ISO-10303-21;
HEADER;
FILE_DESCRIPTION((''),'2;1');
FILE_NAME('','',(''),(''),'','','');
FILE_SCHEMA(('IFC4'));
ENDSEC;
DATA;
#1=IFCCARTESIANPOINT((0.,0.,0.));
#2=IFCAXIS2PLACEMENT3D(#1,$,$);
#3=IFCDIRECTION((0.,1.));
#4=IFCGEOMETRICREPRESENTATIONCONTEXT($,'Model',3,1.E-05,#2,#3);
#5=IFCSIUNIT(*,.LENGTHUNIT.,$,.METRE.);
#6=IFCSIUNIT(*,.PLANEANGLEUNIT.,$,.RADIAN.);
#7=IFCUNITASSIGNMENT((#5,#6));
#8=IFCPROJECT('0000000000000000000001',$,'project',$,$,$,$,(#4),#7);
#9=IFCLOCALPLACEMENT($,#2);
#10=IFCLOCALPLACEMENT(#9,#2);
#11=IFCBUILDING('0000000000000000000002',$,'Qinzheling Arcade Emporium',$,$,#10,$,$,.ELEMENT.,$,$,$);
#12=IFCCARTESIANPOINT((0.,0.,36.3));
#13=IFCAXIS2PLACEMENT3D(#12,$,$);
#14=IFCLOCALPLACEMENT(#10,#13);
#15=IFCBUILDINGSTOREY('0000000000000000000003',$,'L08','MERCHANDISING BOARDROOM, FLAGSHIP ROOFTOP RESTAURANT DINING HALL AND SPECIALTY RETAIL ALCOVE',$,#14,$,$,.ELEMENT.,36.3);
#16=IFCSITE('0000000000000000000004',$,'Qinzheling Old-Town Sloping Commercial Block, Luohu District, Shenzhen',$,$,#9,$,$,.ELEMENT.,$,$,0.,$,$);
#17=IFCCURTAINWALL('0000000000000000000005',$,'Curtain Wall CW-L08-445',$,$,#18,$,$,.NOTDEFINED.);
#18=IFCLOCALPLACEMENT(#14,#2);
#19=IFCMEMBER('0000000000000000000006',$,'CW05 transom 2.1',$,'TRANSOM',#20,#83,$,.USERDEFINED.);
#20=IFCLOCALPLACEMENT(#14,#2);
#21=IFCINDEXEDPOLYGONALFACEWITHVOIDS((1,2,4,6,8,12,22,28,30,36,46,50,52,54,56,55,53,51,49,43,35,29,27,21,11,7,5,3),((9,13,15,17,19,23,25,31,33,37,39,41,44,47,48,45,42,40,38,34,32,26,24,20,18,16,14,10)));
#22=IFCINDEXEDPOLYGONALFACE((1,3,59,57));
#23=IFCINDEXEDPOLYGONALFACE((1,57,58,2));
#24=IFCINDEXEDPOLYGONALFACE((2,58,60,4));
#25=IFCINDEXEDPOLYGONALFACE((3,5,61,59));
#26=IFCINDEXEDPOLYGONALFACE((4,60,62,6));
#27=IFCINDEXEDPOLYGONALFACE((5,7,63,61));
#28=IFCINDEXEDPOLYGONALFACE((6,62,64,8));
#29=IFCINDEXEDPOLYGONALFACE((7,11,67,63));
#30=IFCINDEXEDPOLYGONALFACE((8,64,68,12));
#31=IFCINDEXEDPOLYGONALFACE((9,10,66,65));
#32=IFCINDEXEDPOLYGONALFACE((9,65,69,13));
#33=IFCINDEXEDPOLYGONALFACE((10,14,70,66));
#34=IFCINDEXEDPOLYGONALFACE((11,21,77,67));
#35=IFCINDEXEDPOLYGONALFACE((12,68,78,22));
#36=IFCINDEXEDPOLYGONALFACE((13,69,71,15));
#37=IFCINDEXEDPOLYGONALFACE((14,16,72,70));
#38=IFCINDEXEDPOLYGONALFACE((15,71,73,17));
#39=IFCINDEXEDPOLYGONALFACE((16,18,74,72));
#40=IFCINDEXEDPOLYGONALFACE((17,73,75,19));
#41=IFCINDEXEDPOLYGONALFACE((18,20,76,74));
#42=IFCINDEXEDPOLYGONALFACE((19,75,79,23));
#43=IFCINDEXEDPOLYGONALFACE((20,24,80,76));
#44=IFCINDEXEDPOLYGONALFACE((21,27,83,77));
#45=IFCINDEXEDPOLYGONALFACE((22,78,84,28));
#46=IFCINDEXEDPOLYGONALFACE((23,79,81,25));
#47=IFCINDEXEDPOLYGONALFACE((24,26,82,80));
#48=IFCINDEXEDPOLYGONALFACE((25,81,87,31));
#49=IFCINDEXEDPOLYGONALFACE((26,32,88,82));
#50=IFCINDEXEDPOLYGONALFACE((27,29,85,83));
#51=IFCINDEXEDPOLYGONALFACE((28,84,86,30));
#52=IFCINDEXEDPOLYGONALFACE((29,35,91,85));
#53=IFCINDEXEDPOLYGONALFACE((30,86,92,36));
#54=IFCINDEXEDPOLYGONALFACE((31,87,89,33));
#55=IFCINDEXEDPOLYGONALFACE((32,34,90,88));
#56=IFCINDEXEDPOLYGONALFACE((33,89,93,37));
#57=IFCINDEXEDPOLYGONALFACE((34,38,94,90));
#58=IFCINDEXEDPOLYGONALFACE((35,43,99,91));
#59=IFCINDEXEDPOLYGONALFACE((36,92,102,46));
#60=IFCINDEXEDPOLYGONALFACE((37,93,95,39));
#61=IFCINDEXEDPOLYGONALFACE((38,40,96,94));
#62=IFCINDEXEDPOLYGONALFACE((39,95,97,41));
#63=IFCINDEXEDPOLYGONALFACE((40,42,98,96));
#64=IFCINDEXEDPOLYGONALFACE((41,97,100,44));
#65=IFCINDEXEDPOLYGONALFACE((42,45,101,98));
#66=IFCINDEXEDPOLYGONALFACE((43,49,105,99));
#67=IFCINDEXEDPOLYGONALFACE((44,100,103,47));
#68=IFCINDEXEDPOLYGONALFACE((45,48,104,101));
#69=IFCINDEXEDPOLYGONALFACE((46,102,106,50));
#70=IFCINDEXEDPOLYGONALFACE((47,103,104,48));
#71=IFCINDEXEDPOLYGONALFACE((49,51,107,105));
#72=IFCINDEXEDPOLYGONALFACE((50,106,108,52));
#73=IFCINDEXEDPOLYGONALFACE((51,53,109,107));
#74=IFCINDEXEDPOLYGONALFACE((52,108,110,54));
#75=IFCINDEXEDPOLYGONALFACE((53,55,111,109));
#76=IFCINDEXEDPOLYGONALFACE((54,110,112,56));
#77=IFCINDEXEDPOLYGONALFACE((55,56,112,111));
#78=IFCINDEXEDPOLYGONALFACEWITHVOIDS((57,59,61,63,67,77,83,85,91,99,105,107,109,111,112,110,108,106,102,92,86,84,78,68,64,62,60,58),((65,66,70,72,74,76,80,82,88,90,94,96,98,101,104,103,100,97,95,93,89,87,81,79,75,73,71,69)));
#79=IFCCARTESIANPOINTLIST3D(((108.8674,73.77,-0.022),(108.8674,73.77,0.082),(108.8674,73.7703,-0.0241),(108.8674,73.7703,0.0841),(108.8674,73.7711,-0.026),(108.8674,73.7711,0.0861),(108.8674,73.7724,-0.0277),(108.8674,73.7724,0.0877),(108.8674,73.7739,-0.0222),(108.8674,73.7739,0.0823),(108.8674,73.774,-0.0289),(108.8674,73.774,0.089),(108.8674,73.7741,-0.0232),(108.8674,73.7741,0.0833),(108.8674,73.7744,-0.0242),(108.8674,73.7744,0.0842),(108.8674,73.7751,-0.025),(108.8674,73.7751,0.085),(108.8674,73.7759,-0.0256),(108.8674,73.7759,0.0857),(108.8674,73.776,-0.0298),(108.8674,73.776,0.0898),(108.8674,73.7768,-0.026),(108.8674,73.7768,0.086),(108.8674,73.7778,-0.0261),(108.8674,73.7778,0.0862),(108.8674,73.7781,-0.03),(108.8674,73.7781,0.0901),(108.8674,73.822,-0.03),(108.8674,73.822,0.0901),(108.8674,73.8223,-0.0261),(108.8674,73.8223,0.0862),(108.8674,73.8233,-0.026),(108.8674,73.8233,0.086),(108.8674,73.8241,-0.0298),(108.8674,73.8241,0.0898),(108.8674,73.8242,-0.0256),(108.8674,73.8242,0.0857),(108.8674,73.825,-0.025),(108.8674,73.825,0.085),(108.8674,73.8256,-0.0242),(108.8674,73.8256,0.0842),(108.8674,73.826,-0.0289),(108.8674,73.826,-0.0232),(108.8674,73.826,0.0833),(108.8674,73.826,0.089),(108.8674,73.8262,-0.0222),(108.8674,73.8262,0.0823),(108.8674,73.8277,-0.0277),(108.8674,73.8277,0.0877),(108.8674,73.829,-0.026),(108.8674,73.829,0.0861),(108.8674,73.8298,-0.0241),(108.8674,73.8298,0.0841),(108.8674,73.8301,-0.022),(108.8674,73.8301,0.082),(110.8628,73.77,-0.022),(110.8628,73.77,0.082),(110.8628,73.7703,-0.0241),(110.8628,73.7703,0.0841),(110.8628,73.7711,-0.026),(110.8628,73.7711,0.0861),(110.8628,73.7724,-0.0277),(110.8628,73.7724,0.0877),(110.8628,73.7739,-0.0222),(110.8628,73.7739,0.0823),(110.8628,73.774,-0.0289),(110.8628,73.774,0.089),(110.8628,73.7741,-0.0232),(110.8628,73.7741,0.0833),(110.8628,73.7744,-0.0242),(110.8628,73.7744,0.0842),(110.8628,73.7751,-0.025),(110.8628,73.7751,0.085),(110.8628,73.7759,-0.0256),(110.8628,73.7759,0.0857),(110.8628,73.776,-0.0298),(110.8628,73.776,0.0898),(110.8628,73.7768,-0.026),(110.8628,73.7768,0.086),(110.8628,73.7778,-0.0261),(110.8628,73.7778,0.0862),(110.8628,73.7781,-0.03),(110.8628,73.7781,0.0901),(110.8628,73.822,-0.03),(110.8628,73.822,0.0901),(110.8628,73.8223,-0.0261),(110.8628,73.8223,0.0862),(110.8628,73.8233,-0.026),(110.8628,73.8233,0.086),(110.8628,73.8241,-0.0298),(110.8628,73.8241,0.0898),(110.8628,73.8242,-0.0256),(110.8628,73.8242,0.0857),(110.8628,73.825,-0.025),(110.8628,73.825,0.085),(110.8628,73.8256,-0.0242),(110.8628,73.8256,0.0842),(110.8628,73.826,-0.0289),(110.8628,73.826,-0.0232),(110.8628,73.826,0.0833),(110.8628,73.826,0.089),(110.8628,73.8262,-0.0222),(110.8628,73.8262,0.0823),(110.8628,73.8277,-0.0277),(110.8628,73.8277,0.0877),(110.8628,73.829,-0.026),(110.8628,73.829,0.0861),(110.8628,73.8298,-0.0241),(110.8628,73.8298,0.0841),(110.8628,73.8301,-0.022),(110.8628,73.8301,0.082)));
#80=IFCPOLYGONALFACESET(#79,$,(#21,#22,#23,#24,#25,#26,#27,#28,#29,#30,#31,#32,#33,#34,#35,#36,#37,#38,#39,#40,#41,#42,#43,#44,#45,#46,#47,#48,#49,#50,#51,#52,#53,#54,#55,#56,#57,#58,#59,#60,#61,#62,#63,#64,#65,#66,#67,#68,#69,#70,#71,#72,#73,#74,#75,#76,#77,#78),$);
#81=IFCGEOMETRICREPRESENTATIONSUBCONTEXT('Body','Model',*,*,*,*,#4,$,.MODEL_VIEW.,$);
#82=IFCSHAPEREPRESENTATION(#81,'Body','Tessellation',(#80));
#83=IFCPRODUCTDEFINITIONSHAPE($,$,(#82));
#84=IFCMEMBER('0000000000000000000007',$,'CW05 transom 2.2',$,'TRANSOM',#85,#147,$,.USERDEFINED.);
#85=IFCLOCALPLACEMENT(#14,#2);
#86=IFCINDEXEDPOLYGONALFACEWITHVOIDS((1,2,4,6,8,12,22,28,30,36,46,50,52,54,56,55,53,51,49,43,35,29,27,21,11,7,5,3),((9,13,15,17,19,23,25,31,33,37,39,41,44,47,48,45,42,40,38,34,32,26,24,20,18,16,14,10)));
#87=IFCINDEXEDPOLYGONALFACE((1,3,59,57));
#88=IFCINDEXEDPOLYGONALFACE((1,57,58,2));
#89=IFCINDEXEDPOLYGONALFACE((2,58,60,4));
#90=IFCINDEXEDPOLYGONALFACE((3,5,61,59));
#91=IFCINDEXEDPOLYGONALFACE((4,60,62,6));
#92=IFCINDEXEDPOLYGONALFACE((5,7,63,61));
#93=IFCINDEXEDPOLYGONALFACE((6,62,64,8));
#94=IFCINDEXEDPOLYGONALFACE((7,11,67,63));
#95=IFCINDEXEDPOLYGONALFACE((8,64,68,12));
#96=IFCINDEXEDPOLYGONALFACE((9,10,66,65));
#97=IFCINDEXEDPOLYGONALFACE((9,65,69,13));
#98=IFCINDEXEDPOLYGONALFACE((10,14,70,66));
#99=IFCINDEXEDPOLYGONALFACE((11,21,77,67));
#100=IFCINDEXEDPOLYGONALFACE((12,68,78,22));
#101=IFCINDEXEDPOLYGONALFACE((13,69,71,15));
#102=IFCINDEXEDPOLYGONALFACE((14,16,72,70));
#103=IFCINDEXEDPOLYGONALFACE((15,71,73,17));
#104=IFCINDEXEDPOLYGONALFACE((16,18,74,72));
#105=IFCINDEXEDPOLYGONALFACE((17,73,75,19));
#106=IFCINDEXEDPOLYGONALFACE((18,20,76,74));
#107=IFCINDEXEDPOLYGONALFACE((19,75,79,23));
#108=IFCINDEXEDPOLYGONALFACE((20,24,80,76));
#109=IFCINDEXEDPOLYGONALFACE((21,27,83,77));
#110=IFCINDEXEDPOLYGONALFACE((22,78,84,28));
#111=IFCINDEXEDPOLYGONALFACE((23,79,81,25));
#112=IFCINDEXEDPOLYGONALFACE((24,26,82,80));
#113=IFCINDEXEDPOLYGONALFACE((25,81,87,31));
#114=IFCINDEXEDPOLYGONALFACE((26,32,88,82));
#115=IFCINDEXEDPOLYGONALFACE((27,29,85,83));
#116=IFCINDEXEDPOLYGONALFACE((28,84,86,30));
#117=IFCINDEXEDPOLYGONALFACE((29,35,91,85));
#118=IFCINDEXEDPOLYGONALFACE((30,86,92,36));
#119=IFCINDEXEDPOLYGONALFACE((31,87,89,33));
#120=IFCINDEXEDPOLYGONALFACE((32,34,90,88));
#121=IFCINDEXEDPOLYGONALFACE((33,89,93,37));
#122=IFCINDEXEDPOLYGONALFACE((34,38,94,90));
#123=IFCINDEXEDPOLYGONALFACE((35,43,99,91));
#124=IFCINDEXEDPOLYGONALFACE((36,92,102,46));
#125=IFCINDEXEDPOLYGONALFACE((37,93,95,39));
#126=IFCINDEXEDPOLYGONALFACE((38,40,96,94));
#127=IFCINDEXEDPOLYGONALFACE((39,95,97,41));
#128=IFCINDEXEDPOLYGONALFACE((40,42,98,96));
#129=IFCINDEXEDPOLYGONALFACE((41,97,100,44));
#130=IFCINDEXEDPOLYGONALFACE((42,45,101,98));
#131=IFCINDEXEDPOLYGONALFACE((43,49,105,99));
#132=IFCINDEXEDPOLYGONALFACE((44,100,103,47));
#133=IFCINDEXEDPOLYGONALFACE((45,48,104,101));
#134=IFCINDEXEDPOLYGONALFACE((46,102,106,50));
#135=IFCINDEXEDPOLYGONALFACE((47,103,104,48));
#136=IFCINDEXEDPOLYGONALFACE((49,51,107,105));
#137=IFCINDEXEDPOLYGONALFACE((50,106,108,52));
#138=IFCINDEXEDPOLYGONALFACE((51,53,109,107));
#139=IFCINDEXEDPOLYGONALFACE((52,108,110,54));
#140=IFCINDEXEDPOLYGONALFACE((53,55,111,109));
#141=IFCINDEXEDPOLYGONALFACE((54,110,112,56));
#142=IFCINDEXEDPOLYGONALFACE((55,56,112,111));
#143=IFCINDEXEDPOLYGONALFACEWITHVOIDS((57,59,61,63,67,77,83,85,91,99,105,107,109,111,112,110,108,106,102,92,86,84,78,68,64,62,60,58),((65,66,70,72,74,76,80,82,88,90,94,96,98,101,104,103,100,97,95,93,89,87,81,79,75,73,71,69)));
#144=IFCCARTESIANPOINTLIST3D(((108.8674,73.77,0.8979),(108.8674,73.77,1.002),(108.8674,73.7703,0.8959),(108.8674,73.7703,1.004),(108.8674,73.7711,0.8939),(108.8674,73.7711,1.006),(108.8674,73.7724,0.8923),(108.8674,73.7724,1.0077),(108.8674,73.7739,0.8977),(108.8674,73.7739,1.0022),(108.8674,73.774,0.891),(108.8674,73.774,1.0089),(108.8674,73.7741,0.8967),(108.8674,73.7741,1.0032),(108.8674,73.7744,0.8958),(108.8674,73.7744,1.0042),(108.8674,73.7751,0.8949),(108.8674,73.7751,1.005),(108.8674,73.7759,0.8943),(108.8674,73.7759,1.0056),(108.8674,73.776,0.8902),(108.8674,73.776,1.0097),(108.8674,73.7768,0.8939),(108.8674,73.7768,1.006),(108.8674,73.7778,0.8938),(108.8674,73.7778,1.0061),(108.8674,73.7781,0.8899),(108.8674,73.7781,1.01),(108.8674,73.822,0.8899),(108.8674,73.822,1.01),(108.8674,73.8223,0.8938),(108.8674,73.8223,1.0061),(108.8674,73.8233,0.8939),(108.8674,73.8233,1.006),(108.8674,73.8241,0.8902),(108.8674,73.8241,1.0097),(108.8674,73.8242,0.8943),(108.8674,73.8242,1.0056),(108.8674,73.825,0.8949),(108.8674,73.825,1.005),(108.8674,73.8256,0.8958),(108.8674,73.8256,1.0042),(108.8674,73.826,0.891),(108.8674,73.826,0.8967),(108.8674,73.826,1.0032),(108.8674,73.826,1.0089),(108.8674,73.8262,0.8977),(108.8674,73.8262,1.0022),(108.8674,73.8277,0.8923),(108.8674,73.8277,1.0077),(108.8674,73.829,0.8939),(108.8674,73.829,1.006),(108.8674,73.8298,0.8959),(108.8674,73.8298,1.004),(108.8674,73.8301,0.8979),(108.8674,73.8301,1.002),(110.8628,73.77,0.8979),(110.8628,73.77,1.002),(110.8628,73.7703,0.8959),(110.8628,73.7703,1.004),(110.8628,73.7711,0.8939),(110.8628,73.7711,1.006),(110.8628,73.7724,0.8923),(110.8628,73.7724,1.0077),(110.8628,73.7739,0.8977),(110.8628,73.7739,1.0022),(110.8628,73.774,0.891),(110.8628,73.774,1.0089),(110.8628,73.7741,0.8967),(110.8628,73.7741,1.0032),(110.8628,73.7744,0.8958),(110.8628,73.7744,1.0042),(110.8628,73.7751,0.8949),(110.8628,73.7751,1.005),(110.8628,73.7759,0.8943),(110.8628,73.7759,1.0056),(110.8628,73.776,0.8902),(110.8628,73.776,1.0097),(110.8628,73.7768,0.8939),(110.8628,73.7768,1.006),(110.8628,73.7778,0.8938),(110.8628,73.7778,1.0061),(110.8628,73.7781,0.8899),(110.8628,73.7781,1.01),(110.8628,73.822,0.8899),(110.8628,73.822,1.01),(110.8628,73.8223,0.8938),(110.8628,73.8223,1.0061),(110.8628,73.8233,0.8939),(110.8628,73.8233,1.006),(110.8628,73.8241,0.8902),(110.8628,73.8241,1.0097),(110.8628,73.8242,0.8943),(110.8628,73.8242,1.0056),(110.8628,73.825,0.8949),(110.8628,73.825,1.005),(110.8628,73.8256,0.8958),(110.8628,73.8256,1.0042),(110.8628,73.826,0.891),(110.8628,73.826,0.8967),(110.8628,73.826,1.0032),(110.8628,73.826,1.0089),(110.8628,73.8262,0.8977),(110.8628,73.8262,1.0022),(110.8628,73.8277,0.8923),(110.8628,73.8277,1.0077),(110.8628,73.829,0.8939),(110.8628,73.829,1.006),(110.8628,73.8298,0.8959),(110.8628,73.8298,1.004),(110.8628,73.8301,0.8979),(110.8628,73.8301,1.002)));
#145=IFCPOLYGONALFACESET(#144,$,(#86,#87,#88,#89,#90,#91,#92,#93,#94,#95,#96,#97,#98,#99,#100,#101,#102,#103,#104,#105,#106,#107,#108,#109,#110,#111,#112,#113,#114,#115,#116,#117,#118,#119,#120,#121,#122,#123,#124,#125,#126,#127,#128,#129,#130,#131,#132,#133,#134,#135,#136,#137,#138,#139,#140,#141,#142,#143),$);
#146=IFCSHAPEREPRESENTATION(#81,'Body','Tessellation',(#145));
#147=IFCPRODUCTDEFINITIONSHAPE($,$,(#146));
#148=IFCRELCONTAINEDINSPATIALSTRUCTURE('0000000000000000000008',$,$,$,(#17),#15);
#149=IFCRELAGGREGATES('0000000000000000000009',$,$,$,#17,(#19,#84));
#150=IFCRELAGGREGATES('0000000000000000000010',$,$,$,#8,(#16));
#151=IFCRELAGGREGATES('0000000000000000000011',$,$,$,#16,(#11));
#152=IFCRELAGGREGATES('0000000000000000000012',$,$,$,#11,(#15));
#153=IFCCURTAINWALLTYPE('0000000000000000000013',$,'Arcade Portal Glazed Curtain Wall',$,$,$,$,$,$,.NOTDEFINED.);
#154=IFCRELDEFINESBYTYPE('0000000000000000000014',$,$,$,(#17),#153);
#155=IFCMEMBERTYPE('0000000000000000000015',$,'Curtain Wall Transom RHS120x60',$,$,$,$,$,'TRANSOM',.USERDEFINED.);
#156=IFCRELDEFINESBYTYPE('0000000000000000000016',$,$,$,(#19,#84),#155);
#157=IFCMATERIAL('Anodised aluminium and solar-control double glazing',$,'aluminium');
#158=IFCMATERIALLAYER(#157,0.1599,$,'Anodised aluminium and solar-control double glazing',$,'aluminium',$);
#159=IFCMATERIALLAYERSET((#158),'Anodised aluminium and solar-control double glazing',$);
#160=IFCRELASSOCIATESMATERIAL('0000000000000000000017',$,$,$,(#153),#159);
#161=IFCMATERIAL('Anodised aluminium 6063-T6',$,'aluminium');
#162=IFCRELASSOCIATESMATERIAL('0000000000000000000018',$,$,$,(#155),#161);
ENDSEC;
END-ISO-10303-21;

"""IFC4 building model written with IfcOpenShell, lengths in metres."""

from ifc_helpers import new_model, si_unit, direction, frame, origin, origin_2d, place, context, subcontext, project, spatial, hollow_rectangle, extrude, material, layer, layer_set, material_profile, profile_set, type_object, element, aggregate, save


model = new_model("IFC4")

# Units and contexts
model_context = context("Model", 3, precision=1e-05, world=origin(), true_north=direction((0.0, 1.0)))
body_context = subcontext(model_context, "Body", "Model", "MODEL_VIEW")
ifc_project = project(units=[si_unit("LENGTHUNIT", "METRE"), si_unit("PLANEANGLEUNIT", "RADIAN")], contexts=[model_context])

# Site, building, storey
site_placement = place(None, origin())
site = spatial("IfcSite", under=ifc_project, at=site_placement, Name="Qinzheling Old-Town Sloping Commercial Block, Luohu District, Shenzhen", CompositionType="ELEMENT", RefElevation=0.0)
building_placement = place(site_placement, origin())
building = spatial("IfcBuilding", under=site, at=building_placement, Name="Qinzheling Arcade Emporium", CompositionType="ELEMENT")
storey_placement = place(building_placement, frame((0.0, 0.0, 36.3)))
storey = spatial("IfcBuildingStorey", under=building, at=storey_placement, Name="L08", Description="MERCHANDISING BOARDROOM, FLAGSHIP ROOFTOP RESTAURANT DINING HALL AND SPECIALTY RETAIL ALCOVE", CompositionType="ELEMENT", Elevation=36.3)

# Curtain wall, members
ifc_material_1 = material(Name="Anodised aluminium and solar-control double glazing", Category="aluminium")
ifc_layer_1 = layer(ifc_material_1, 0.1599, Name="Anodised aluminium and solar-control double glazing", Category="aluminium")
ifc_layer_set_1 = layer_set([ifc_layer_1], Name="Anodised aluminium and solar-control double glazing")
curtain_wall_type = type_object("IfcCurtainWallType", Name="Arcade Portal Glazed Curtain Wall", PredefinedType="NOTDEFINED", material=ifc_layer_set_1)
curtain_wall_placement = place(storey_placement, origin())
curtain_wall = element("IfcCurtainWall", 1, at=curtain_wall_placement, inside=storey, type_object=curtain_wall_type, Name="Curtain Wall CW-L08-445", PredefinedType="NOTDEFINED")
ifc_material_2 = material(Name="Anodised aluminium 6063-T6", Category="aluminium")
ifc_material_profile_1 = material_profile(ifc_material_2, hollow_rectangle(XDim=0.0601, YDim=0.1201, WallThickness=0.0039, InnerFilletRadius=0.0039, OuterFilletRadius=0.0081, at=origin_2d()), Name="RHS 120x60x4", Category="aluminium")
ifc_profile_set_1 = profile_set([ifc_material_profile_1], Name="Anodised aluminium 6063-T6")
member_type_1 = type_object("IfcMemberType", Name="Curtain Wall Transom RHS120x60", ElementType="TRANSOM", PredefinedType="USERDEFINED", material=ifc_profile_set_1)
member_1_placement = place(storey_placement, frame((110.8628, 73.8, 0.03), z_axis=(-1.0, 0.0, 0.0), x_axis=(0.0, -1.0, 0.0)))
member_1 = element("IfcMember", 2, at=member_1_placement, type_object=member_type_1, Name="CW05 transom 2.1", ObjectType="TRANSOM", PredefinedType="USERDEFINED", context=body_context, shape_type="SweptSolid", body=[
    extrude(hollow_rectangle(XDim=0.0601, YDim=0.1201, WallThickness=0.0039, InnerFilletRadius=0.0039, OuterFilletRadius=0.0081, at=origin_2d()), origin(), (0.0, 0.0, 1.0), 1.9954),
])
member_2_placement = place(storey_placement, frame((110.8628, 73.8, 0.95), z_axis=(-1.0, 0.0, 0.0), x_axis=(0.0, -1.0, 0.0)))
member_2 = element("IfcMember", 3, at=member_2_placement, type_object=member_type_1, Name="CW05 transom 2.2", ObjectType="TRANSOM", PredefinedType="USERDEFINED", context=body_context, shape_type="SweptSolid", body=[
    extrude(hollow_rectangle(XDim=0.0601, YDim=0.1201, WallThickness=0.0039, InnerFilletRadius=0.0039, OuterFilletRadius=0.0081, at=origin_2d()), origin(), (0.0, 0.0, 1.0), 1.9954),
])

aggregate(curtain_wall, [member_1, member_2])

save(model, "model.ifc")
